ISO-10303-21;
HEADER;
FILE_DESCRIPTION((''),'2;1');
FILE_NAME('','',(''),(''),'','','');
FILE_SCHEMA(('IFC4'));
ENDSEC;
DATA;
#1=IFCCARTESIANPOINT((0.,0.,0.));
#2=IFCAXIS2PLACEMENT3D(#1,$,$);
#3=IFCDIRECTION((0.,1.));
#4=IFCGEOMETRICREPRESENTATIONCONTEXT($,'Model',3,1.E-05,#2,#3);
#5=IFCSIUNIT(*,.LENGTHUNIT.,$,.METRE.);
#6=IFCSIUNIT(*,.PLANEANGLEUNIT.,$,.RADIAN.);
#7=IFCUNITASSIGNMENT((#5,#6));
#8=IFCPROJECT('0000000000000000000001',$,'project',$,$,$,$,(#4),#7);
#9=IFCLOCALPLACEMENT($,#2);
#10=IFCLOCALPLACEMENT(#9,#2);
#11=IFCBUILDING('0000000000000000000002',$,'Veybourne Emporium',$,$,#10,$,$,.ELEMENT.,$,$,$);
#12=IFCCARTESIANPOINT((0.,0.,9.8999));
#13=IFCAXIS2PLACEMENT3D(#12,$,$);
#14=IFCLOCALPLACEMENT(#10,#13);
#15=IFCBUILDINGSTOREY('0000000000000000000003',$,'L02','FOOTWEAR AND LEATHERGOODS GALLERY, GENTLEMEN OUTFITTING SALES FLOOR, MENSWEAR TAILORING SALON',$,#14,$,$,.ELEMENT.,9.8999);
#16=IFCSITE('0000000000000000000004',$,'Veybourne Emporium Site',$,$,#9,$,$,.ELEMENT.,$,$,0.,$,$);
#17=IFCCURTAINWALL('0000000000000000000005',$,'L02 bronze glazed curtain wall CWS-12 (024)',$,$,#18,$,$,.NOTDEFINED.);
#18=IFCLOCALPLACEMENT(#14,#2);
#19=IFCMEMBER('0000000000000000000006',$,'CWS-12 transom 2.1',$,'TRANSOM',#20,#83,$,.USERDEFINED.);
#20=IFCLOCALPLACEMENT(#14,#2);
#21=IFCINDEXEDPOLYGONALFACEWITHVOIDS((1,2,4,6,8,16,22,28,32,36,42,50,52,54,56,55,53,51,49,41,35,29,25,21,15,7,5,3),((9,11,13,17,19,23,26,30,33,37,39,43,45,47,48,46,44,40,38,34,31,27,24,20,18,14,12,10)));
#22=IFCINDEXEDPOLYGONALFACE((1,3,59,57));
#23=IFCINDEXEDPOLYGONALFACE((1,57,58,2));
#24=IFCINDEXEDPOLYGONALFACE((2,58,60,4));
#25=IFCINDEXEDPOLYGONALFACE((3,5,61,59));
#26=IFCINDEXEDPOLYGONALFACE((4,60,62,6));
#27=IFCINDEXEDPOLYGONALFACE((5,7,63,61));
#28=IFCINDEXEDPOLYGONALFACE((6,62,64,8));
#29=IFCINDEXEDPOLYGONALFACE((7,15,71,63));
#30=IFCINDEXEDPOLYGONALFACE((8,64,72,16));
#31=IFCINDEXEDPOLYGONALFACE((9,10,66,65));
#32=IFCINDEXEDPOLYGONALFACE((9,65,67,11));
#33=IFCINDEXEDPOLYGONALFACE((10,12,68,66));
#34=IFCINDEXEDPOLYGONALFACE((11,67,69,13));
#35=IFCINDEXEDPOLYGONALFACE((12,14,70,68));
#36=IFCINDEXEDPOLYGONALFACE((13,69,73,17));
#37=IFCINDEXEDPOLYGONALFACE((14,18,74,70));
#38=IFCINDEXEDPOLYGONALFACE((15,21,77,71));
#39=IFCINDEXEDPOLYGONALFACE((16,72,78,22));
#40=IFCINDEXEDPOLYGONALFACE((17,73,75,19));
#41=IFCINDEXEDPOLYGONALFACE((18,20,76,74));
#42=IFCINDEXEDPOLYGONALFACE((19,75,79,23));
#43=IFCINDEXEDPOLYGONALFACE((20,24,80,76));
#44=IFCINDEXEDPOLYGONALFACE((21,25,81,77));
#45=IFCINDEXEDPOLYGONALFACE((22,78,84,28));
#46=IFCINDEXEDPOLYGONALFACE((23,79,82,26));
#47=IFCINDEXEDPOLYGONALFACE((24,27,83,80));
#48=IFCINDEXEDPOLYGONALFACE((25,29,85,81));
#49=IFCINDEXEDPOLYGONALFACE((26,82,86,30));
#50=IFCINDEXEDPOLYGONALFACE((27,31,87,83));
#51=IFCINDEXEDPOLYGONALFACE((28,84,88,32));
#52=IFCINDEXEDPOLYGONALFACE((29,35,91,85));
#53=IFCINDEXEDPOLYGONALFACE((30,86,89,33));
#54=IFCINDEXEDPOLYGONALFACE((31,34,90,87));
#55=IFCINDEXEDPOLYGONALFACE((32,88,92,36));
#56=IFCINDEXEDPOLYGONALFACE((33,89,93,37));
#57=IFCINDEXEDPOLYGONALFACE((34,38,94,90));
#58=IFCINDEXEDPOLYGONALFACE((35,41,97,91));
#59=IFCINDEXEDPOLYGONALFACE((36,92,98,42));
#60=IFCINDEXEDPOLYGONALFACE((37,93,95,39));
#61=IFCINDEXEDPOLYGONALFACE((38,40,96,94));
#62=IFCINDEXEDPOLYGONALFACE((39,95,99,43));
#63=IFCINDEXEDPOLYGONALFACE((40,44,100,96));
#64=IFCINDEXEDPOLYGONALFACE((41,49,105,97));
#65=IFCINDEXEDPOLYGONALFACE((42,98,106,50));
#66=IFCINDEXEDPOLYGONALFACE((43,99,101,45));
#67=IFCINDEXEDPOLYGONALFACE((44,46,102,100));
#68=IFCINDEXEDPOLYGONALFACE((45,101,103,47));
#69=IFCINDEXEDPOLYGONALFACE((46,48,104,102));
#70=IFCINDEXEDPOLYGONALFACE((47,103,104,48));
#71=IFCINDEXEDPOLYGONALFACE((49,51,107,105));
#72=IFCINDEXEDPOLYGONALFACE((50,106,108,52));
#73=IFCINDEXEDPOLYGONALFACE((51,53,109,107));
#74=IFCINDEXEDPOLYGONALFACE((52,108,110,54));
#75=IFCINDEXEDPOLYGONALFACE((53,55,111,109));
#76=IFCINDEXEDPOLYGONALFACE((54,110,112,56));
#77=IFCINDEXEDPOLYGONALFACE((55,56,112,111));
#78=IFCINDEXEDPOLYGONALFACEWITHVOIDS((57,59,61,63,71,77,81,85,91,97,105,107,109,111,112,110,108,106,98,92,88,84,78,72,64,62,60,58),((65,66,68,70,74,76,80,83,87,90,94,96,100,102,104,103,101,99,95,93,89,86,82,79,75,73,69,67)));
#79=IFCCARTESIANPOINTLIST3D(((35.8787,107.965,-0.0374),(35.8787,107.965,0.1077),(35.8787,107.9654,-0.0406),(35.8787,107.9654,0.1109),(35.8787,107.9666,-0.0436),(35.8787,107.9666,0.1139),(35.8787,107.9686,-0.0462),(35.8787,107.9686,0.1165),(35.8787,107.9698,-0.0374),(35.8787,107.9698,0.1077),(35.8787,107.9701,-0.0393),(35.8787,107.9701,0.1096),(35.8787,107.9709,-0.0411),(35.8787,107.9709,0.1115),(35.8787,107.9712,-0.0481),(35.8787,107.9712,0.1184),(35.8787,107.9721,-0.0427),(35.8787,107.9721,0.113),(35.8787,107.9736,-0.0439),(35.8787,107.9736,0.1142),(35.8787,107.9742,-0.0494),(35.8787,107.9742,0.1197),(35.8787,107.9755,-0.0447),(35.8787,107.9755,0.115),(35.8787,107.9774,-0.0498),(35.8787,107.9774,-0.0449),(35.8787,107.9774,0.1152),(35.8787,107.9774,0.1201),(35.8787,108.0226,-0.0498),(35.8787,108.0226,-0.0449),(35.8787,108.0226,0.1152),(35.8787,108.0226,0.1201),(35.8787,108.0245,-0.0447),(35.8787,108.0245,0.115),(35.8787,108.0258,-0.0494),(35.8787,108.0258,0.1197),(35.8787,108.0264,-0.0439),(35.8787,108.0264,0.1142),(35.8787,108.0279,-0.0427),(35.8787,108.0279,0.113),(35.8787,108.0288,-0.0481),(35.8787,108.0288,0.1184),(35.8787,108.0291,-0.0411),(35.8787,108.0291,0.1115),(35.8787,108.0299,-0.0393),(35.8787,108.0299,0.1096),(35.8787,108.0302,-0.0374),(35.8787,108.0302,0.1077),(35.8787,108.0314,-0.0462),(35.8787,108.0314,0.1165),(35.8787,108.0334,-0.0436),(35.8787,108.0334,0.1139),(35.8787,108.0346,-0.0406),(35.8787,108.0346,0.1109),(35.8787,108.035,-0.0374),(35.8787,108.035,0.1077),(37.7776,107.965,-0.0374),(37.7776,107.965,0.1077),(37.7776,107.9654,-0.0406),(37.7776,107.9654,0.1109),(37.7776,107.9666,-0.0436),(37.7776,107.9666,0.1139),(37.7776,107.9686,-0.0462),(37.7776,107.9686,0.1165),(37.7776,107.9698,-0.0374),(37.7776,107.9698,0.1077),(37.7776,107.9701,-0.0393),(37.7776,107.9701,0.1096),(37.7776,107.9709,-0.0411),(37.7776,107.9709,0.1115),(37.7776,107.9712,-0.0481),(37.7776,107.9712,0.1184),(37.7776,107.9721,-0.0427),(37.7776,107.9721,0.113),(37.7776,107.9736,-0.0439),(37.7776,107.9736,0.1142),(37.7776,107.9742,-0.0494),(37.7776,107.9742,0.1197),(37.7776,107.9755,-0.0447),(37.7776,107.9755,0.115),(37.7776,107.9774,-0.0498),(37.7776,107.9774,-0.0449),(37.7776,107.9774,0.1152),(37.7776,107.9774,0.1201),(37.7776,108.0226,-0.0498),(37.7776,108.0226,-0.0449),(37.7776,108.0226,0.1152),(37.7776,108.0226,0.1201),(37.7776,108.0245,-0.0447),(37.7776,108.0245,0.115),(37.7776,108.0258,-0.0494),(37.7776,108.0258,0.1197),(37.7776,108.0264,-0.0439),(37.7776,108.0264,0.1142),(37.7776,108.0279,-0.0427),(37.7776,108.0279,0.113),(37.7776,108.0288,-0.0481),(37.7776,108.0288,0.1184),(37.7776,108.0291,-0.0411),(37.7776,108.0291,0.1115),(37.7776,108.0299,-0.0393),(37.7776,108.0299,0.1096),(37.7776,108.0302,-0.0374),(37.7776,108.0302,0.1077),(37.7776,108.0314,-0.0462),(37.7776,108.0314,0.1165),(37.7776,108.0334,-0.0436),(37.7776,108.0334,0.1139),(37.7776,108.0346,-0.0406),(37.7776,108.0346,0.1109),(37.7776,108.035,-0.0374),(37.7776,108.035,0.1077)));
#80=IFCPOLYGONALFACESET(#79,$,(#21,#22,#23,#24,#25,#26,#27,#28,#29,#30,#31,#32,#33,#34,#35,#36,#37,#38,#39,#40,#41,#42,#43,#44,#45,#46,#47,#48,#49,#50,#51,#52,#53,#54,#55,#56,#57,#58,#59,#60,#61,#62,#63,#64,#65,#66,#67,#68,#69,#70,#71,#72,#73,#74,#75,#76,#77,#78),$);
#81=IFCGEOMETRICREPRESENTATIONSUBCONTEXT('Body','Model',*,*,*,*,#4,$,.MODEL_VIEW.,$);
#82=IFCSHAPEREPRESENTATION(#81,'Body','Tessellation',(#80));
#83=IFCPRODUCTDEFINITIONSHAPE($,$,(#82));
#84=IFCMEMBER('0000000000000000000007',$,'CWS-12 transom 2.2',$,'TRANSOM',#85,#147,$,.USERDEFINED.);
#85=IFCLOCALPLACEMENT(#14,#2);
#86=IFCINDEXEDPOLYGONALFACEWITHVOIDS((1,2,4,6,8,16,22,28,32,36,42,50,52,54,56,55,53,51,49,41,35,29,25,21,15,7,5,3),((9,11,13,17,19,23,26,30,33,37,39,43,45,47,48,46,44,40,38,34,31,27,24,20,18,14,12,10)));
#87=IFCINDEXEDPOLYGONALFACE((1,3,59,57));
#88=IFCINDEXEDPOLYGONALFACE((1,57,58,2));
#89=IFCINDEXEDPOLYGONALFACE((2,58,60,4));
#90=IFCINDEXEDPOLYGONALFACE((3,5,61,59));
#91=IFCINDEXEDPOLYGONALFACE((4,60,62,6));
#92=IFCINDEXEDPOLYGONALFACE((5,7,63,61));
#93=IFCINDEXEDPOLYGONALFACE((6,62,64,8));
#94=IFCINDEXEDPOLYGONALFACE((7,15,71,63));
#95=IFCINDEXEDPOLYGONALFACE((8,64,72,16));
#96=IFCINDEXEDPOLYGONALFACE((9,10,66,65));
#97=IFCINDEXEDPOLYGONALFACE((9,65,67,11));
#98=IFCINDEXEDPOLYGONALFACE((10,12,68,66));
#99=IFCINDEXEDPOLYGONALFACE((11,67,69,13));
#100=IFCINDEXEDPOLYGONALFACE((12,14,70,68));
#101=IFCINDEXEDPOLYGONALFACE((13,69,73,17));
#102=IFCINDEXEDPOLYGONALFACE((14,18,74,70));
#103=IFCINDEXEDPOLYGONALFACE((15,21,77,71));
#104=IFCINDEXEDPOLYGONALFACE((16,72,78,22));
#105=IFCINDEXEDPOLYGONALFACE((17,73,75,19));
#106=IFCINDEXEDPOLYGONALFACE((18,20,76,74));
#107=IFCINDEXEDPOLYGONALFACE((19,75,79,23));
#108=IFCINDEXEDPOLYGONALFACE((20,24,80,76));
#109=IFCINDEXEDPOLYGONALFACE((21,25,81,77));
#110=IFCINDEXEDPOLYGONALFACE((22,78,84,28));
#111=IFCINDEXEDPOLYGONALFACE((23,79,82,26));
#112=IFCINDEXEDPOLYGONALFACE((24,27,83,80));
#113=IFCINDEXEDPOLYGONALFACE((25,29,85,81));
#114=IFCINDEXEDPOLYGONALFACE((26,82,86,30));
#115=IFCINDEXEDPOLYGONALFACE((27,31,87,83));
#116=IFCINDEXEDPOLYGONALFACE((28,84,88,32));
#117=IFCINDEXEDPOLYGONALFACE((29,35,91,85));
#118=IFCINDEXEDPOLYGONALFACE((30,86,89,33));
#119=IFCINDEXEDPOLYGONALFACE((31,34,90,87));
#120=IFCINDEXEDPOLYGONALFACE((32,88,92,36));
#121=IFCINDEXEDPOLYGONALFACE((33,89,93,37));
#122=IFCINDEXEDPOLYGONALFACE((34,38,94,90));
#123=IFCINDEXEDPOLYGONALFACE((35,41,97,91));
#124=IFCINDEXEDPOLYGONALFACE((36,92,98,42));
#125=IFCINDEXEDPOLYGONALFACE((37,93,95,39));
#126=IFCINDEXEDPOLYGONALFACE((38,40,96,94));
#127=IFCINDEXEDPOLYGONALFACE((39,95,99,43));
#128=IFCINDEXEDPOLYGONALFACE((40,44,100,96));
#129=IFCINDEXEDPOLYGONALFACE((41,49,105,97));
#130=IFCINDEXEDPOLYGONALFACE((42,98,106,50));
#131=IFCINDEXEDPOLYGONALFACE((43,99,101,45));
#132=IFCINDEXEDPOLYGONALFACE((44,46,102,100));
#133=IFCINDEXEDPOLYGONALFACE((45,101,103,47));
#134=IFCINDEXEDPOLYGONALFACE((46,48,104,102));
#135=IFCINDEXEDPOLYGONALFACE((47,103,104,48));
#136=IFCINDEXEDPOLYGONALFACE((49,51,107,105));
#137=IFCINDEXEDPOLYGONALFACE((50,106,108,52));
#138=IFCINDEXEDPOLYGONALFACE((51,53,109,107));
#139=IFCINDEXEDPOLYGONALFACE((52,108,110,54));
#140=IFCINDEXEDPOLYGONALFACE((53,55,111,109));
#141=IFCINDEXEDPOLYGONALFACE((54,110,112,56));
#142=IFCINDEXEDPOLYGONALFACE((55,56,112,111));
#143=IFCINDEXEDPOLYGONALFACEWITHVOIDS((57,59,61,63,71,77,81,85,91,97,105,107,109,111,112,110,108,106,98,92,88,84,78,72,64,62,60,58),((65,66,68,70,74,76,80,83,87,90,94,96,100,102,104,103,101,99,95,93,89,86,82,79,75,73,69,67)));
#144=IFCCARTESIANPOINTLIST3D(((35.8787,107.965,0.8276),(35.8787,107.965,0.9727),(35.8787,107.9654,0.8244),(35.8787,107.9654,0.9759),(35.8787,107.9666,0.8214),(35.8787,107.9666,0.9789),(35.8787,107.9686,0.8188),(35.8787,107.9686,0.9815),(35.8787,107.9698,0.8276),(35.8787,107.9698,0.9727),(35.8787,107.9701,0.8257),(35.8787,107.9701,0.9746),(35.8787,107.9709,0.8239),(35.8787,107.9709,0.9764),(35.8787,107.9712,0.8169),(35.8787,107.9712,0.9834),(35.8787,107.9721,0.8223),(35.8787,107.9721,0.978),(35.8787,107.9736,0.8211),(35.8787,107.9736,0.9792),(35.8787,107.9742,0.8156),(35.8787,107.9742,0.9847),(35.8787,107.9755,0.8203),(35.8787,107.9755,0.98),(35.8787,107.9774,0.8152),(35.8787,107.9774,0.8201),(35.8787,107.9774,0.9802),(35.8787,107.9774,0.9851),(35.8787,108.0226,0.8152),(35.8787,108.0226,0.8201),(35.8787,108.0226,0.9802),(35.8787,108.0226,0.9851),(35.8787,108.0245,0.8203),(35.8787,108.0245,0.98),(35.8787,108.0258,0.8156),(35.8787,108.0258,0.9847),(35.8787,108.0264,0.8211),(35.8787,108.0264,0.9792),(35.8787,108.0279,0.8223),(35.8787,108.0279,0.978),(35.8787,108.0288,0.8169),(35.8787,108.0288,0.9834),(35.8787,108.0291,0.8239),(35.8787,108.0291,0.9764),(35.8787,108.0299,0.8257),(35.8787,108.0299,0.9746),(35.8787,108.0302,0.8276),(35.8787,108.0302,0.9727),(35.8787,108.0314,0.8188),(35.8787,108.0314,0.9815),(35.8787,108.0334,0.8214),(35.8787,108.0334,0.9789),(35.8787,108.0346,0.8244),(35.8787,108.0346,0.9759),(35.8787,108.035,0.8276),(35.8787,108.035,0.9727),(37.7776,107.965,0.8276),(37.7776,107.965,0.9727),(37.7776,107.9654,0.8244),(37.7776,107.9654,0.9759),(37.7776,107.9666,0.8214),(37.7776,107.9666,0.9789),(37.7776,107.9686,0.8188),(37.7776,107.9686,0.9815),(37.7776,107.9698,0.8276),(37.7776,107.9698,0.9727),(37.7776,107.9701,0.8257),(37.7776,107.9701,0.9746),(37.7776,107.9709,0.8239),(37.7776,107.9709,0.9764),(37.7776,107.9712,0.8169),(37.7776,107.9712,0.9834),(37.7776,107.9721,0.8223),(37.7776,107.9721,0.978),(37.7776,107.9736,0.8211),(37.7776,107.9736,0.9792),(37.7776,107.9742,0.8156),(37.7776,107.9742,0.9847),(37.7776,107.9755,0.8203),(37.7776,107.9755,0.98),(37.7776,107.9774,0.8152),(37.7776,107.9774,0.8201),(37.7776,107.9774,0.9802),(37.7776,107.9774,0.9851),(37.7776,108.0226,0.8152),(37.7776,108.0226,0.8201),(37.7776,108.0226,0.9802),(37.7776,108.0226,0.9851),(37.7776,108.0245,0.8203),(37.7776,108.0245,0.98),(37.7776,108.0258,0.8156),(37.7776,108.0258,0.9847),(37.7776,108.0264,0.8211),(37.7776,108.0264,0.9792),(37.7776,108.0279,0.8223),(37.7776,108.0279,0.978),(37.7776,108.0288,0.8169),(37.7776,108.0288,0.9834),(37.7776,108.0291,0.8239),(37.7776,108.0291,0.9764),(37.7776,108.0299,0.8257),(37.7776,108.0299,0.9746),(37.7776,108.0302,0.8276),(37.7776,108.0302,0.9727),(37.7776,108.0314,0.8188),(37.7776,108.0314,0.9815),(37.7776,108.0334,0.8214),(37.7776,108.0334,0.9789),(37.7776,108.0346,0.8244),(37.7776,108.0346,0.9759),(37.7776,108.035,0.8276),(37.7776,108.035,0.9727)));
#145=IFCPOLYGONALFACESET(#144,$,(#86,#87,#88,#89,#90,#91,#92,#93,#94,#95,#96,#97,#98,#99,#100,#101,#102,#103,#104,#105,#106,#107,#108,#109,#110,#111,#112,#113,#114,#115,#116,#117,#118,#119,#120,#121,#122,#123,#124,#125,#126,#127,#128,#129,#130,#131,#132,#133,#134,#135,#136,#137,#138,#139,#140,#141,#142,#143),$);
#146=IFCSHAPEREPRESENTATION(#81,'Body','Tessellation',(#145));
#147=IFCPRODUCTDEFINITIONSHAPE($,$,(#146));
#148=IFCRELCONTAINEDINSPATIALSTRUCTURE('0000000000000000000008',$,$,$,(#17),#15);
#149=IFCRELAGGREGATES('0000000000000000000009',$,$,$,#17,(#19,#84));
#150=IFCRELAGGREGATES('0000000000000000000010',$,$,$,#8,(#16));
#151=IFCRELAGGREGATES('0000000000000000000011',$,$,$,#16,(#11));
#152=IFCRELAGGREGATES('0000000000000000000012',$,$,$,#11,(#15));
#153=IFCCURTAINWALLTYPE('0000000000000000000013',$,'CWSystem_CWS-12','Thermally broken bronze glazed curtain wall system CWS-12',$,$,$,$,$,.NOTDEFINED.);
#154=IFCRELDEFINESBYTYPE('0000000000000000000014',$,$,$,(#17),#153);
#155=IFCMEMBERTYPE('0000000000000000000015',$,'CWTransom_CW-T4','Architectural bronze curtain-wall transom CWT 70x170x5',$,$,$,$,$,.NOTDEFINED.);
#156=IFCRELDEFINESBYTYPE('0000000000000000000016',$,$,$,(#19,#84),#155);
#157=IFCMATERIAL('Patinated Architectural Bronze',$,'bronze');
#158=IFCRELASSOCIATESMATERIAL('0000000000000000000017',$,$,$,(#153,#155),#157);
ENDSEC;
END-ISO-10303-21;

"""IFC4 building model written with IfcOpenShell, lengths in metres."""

from ifc_helpers import new_model, si_unit, direction, frame, origin, origin_2d, place, context, subcontext, project, spatial, hollow_rectangle, extrude, material, material_profile, profile_set, type_object, element, aggregate, save


model = new_model("IFC4")

# Units and contexts
model_context = context("Model", 3, precision=1e-05, world=origin(), true_north=direction((0.0, 1.0)))
body_context = subcontext(model_context, "Body", "Model", "MODEL_VIEW")
ifc_project = project(units=[si_unit("LENGTHUNIT", "METRE"), si_unit("PLANEANGLEUNIT", "RADIAN")], contexts=[model_context])

# Site, building, storey
site_placement = place(None, origin())
site = spatial("IfcSite", under=ifc_project, at=site_placement, Name="Veybourne Emporium Site", CompositionType="ELEMENT", RefElevation=0.0)
building_placement = place(site_placement, origin())
building = spatial("IfcBuilding", under=site, at=building_placement, Name="Veybourne Emporium", CompositionType="ELEMENT")
storey_placement = place(building_placement, frame((0.0, 0.0, 9.8999)))
storey = spatial("IfcBuildingStorey", under=building, at=storey_placement, Name="L02", Description="FOOTWEAR AND LEATHERGOODS GALLERY, GENTLEMEN OUTFITTING SALES FLOOR, MENSWEAR TAILORING SALON", CompositionType="ELEMENT", Elevation=9.8999)

# Curtain wall, members
ifc_material_1 = material(Name="Patinated Architectural Bronze", Category="bronze")
curtain_wall_type = type_object("IfcCurtainWallType", Name="CWSystem_CWS-12", Description="Thermally broken bronze glazed curtain wall system CWS-12", PredefinedType="NOTDEFINED", material=ifc_material_1)
curtain_wall_placement = place(storey_placement, origin())
curtain_wall = element("IfcCurtainWall", 1, at=curtain_wall_placement, inside=storey, type_object=curtain_wall_type, Name="L02 bronze glazed curtain wall CWS-12 (024)", PredefinedType="NOTDEFINED")
ifc_material_profile_1 = material_profile(ifc_material_1, hollow_rectangle(XDim=0.0701, YDim=0.1699, WallThickness=0.0049, InnerFilletRadius=0.0076, OuterFilletRadius=0.0125, at=origin_2d()), Name="CWT 70x170x5")
ifc_profile_set_1 = profile_set([ifc_material_profile_1], Name="Patinated Architectural Bronze")
member_type_1 = type_object("IfcMemberType", Name="CWTransom_CW-T4", Description="Architectural bronze curtain-wall transom CWT 70x170x5", PredefinedType="NOTDEFINED", material=ifc_profile_set_1)
member_1_placement = place(storey_placement, frame((35.8787, 108.0, 0.0352), z_axis=(1.0, 0.0, 0.0), x_axis=(0.0, 1.0, 0.0)))
member_1 = element("IfcMember", 2, at=member_1_placement, type_object=member_type_1, Name="CWS-12 transom 2.1", ObjectType="TRANSOM", PredefinedType="USERDEFINED", context=body_context, shape_type="SweptSolid", body=[
    extrude(hollow_rectangle(XDim=0.0701, YDim=0.1699, WallThickness=0.0049, InnerFilletRadius=0.0076, OuterFilletRadius=0.0125, at=origin_2d()), origin(), (0.0, 0.0, 1.0), 1.8989),
])
member_2_placement = place(storey_placement, frame((35.8787, 108.0, 0.9001), z_axis=(1.0, 0.0, 0.0), x_axis=(0.0, 1.0, 0.0)))
member_2 = element("IfcMember", 3, at=member_2_placement, type_object=member_type_1, Name="CWS-12 transom 2.2", ObjectType="TRANSOM", PredefinedType="USERDEFINED", context=body_context, shape_type="SweptSolid", body=[
    extrude(hollow_rectangle(XDim=0.0701, YDim=0.1699, WallThickness=0.0049, InnerFilletRadius=0.0076, OuterFilletRadius=0.0125, at=origin_2d()), origin(), (0.0, 0.0, 1.0), 1.8989),
])

aggregate(curtain_wall, [member_1, member_2])

save(model, "model.ifc")
